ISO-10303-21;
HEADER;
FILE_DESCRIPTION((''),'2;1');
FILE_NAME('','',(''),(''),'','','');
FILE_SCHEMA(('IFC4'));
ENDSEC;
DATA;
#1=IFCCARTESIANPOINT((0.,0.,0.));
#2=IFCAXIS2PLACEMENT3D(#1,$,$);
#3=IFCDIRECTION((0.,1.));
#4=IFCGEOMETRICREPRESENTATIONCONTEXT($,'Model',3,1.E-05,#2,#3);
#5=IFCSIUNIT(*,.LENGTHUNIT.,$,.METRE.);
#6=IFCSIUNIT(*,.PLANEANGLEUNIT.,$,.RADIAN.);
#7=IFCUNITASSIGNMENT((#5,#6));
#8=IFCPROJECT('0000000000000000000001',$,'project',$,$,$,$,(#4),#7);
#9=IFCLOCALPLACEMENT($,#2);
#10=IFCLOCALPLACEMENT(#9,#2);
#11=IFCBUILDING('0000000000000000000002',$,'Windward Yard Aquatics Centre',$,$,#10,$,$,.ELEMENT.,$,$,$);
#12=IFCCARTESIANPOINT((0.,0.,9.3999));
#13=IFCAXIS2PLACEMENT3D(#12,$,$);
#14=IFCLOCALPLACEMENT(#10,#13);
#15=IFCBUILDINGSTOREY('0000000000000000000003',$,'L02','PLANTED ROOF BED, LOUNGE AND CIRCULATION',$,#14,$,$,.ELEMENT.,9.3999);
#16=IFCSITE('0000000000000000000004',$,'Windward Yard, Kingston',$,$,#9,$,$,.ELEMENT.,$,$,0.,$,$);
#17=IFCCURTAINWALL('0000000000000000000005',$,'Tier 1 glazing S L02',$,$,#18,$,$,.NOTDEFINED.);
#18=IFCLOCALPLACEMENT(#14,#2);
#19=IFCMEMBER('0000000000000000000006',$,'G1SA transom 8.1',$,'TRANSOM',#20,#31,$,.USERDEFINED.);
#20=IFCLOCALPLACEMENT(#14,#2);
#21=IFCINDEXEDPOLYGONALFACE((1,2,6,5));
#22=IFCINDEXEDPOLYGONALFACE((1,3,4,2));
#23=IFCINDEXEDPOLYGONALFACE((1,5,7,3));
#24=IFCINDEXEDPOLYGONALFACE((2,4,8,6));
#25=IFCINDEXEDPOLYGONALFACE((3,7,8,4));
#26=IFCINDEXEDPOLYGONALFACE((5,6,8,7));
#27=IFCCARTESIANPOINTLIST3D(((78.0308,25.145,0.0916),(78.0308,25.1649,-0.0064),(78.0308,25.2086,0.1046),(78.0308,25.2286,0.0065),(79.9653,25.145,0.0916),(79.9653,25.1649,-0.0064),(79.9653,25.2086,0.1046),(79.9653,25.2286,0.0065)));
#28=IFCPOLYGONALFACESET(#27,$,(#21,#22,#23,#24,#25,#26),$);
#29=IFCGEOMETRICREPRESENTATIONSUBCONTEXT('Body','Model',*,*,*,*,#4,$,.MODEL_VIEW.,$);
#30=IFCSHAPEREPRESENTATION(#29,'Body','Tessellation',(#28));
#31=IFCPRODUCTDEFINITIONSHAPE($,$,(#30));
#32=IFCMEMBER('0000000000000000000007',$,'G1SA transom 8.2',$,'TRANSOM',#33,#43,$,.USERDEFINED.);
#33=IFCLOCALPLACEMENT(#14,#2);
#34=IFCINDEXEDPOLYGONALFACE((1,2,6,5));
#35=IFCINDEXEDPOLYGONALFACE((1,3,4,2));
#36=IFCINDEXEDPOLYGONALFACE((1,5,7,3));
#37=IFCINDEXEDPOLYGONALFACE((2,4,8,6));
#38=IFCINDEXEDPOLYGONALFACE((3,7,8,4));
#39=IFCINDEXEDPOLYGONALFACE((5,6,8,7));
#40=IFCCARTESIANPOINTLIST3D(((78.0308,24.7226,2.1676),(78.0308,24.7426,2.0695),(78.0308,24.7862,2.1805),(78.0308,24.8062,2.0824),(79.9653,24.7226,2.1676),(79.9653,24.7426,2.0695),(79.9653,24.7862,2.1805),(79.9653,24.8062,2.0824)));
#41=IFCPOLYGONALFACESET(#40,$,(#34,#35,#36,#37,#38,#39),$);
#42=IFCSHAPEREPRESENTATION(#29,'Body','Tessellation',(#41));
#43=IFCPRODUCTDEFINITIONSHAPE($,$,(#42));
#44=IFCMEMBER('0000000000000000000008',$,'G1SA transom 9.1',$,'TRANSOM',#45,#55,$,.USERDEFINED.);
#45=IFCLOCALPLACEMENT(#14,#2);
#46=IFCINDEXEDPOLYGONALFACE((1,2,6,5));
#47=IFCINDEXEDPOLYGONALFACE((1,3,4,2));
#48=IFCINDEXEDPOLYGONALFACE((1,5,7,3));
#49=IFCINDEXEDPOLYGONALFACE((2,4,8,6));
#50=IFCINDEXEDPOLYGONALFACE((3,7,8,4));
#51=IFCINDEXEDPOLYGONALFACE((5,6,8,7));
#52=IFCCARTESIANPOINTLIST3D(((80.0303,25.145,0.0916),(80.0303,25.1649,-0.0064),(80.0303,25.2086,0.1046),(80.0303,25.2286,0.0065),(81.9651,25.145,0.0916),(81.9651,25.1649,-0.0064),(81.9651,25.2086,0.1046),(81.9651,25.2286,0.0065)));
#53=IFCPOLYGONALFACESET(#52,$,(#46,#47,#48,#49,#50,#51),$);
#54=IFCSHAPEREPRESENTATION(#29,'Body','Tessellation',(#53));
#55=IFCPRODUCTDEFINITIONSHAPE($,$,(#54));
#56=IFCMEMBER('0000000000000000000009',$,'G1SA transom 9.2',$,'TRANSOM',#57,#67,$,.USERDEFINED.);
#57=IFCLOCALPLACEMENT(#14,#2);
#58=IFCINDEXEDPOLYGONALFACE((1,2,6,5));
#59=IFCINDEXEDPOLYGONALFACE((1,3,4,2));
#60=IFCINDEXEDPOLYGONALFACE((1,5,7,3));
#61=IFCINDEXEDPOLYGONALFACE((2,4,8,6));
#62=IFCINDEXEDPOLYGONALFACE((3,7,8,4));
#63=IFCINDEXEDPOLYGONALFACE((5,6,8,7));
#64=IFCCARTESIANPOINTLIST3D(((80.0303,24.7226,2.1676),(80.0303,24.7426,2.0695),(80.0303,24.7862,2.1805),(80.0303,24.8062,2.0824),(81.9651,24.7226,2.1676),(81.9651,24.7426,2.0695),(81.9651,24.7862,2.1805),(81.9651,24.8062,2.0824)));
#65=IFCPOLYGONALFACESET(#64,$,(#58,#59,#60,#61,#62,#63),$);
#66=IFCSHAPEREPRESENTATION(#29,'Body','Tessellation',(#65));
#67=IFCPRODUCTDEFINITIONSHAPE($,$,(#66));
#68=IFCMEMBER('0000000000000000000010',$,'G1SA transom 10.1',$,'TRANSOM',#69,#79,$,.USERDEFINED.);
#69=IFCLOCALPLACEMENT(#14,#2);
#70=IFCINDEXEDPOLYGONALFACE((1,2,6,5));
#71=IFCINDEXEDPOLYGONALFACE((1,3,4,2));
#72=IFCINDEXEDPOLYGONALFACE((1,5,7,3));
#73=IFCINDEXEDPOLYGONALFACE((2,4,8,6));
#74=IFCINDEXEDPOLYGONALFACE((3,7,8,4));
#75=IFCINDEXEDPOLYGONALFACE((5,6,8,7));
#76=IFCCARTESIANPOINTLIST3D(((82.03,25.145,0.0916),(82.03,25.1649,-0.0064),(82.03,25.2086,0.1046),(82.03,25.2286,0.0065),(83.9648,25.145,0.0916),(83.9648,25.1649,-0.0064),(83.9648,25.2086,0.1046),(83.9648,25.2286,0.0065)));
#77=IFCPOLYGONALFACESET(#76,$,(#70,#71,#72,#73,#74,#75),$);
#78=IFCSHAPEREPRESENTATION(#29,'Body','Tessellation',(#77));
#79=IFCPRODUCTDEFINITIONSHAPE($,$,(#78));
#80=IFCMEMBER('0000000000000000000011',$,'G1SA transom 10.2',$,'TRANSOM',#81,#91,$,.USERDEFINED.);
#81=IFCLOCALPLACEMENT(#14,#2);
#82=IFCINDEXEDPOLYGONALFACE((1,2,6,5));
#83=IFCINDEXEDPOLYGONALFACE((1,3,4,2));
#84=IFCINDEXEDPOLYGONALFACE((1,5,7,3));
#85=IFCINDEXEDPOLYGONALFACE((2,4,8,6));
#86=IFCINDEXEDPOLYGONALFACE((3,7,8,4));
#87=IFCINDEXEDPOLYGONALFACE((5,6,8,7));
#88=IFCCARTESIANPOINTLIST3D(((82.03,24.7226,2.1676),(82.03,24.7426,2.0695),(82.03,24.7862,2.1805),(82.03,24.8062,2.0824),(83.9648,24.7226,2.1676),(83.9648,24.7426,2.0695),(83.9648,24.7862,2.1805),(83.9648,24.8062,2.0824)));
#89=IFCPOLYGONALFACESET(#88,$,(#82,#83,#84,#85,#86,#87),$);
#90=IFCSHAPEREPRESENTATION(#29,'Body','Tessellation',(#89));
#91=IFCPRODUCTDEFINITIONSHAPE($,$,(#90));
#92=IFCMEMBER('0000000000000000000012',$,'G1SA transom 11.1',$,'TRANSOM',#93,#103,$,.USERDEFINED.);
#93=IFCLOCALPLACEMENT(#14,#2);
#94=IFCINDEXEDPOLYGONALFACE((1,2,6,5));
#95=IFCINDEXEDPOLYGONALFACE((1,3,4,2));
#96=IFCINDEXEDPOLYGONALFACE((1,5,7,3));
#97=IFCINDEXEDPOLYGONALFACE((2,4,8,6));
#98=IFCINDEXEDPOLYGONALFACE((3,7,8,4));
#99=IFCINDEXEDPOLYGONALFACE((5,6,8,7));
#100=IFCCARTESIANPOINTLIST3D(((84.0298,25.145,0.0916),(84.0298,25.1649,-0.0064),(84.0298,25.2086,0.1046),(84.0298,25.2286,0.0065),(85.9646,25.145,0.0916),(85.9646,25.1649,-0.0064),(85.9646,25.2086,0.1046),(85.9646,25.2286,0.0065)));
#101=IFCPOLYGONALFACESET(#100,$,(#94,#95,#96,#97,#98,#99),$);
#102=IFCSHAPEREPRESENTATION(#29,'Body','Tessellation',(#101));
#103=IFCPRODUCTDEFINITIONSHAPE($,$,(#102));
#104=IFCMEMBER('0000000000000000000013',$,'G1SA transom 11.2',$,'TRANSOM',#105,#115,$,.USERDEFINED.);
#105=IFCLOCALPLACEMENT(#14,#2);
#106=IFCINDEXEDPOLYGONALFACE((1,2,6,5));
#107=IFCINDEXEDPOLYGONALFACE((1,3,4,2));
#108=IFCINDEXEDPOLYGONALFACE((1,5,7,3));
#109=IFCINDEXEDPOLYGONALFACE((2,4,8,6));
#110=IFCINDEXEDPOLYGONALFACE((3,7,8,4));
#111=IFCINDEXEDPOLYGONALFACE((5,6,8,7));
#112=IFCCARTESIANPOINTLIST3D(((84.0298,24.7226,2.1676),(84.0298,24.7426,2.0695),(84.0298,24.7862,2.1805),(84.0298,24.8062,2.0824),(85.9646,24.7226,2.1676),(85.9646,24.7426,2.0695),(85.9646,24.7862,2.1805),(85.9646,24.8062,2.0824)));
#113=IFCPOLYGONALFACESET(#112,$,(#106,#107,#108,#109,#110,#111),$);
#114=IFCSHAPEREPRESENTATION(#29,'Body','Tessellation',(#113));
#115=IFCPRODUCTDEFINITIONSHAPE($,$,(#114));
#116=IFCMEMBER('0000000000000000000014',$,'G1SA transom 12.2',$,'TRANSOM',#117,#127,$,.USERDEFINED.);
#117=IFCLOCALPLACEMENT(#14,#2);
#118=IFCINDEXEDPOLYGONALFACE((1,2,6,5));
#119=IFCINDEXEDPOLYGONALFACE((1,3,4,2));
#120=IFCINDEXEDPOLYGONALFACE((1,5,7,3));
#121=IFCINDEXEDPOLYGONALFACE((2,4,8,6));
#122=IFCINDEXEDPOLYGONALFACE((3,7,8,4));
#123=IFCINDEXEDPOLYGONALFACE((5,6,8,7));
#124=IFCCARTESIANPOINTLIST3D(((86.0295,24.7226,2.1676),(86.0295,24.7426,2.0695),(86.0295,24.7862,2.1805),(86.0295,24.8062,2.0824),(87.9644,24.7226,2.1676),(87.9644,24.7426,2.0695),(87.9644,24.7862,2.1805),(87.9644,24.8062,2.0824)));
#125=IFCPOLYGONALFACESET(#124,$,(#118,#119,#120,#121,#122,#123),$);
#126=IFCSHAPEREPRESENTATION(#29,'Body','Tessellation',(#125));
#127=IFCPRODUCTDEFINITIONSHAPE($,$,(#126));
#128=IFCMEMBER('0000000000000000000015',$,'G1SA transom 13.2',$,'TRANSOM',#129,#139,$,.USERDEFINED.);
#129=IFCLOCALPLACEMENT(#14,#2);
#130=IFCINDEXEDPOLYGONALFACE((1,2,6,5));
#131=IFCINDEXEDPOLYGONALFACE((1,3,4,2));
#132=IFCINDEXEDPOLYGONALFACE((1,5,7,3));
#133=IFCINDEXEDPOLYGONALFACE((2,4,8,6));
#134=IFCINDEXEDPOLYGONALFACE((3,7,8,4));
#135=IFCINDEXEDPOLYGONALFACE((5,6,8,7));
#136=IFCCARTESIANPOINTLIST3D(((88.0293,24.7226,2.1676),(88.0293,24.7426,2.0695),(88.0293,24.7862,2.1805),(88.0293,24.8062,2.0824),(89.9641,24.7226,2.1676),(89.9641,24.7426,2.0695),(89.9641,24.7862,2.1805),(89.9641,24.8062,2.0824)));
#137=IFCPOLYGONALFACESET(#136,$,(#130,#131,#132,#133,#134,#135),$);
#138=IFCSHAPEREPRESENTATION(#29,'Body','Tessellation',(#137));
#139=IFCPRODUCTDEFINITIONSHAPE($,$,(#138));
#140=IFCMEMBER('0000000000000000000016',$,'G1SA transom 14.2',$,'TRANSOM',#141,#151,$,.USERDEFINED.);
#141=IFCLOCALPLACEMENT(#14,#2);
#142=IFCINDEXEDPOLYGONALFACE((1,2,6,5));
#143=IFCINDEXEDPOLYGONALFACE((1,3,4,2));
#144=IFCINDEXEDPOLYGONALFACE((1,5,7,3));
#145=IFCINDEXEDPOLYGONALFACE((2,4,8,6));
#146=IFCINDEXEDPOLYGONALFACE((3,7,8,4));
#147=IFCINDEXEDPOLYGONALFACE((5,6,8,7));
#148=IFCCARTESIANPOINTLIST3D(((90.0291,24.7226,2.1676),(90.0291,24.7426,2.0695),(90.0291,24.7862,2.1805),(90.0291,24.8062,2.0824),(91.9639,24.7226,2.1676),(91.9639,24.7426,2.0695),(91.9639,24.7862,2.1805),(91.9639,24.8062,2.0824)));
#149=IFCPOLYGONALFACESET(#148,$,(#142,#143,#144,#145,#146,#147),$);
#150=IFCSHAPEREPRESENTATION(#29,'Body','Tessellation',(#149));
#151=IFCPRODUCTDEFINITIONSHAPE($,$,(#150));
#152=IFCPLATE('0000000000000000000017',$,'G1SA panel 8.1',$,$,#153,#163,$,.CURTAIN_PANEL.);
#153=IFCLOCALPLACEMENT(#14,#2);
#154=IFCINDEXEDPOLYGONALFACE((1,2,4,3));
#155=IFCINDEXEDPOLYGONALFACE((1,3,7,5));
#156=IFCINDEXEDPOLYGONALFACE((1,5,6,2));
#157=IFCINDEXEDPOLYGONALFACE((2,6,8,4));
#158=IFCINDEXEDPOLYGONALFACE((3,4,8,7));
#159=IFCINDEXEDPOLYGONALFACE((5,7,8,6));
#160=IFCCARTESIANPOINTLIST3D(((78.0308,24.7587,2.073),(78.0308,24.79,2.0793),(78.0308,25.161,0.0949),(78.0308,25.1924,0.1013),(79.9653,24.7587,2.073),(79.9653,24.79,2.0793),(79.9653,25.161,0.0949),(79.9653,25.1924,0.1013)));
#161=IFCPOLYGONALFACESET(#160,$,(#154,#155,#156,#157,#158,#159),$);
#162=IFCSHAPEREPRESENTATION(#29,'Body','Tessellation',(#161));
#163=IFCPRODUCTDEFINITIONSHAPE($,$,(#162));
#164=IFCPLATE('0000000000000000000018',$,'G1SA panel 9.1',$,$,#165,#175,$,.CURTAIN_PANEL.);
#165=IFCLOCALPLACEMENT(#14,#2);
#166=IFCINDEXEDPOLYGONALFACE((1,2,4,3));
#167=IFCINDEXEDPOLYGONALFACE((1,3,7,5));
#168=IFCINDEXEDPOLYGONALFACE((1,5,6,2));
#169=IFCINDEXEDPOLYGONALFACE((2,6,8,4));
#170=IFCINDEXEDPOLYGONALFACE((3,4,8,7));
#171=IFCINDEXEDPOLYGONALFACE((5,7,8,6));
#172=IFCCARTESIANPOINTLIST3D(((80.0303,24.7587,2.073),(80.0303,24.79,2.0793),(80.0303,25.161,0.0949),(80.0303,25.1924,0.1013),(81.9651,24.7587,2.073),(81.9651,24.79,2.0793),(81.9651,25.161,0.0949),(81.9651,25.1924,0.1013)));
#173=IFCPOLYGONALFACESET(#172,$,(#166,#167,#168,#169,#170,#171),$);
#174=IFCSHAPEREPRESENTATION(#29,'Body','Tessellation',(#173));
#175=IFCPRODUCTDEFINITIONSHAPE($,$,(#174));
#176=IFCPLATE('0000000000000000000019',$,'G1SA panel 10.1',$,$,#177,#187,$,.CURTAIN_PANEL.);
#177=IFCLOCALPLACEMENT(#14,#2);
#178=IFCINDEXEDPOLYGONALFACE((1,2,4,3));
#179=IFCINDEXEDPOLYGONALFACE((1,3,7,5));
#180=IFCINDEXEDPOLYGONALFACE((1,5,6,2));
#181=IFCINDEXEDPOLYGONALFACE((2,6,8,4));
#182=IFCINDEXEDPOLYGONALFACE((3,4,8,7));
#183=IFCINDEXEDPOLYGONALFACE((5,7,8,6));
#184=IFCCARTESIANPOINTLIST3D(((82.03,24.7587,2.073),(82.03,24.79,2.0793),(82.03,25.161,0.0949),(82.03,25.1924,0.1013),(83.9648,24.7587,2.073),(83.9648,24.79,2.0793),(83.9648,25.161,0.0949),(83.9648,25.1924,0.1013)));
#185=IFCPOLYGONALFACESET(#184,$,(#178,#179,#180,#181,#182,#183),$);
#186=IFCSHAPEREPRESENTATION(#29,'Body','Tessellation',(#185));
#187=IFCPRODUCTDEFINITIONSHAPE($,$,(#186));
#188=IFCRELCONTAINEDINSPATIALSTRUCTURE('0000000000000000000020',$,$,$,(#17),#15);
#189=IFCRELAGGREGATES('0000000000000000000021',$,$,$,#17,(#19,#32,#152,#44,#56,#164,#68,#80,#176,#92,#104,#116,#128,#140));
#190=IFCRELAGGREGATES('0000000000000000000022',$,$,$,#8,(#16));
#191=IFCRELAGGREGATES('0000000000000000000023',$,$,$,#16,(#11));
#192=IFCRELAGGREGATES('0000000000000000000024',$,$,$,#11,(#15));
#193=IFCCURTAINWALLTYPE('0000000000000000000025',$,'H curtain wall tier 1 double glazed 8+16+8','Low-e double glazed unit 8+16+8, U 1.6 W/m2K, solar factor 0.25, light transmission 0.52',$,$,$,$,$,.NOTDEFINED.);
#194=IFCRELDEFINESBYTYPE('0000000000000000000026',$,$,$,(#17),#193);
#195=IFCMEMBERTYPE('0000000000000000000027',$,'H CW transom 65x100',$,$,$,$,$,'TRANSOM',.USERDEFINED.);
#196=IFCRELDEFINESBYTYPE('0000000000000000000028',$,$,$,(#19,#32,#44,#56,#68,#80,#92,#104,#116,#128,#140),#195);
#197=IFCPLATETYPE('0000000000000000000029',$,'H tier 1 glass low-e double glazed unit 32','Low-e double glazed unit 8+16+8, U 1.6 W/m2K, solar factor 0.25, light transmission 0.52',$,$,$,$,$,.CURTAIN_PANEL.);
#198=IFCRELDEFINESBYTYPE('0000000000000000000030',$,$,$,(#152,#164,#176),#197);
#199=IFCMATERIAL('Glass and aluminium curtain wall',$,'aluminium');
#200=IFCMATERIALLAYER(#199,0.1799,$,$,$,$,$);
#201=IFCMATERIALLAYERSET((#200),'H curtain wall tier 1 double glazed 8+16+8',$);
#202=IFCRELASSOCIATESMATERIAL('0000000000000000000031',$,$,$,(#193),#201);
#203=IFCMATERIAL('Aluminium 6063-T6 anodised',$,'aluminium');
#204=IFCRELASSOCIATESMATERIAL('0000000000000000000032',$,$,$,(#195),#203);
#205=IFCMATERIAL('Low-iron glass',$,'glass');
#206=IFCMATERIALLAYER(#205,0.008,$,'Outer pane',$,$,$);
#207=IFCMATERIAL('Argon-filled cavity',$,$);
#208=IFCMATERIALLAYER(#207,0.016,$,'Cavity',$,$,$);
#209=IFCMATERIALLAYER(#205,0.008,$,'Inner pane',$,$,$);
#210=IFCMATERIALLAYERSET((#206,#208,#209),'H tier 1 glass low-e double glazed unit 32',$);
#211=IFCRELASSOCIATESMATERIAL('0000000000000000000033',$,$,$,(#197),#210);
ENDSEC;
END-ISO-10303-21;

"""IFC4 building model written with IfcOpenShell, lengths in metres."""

from ifc_helpers import new_model, si_unit, direction, frame, origin, origin_2d, place, context, subcontext, project, spatial, polyline, rectangle, outline, extrude, material, layer, layer_set, material_profile, profile_set, type_object, element, aggregate, save


model = new_model("IFC4")

# Units and contexts
model_context = context("Model", 3, precision=1e-05, world=origin(), true_north=direction((0.0, 1.0)))
body_context = subcontext(model_context, "Body", "Model", "MODEL_VIEW")
ifc_project = project(units=[si_unit("LENGTHUNIT", "METRE"), si_unit("PLANEANGLEUNIT", "RADIAN")], contexts=[model_context])

# Site, building, storey
site_placement = place(None, origin())
site = spatial("IfcSite", under=ifc_project, at=site_placement, Name="Windward Yard, Kingston", CompositionType="ELEMENT", RefElevation=0.0)
building_placement = place(site_placement, origin())
building = spatial("IfcBuilding", under=site, at=building_placement, Name="Windward Yard Aquatics Centre", CompositionType="ELEMENT")
storey_placement = place(building_placement, frame((0.0, 0.0, 9.3999)))
storey = spatial("IfcBuildingStorey", under=building, at=storey_placement, Name="L02", Description="PLANTED ROOF BED, LOUNGE AND CIRCULATION", CompositionType="ELEMENT", Elevation=9.3999)

# Curtain wall, members, plates
ifc_material_1 = material(Name="Glass and aluminium curtain wall", Category="aluminium")
ifc_layer_1 = layer(ifc_material_1, 0.1799)
ifc_layer_set_1 = layer_set([ifc_layer_1], Name="H curtain wall tier 1 double glazed 8+16+8")
curtain_wall_type = type_object("IfcCurtainWallType", Name="H curtain wall tier 1 double glazed 8+16+8", Description="Low-e double glazed unit 8+16+8, U 1.6 W/m2K, solar factor 0.25, light transmission 0.52", PredefinedType="NOTDEFINED", material=ifc_layer_set_1)
curtain_wall_placement = place(storey_placement, origin())
curtain_wall = element("IfcCurtainWall", 1, at=curtain_wall_placement, inside=storey, type_object=curtain_wall_type, Name="Tier 1 glazing S L02", PredefinedType="NOTDEFINED")
ifc_material_2 = material(Name="Aluminium 6063-T6 anodised", Category="aluminium")
ifc_material_profile = material_profile(ifc_material_2, rectangle(XDim=0.0649, YDim=0.1001, at=origin_2d()), Name="H CW transom 65x100")
ifc_profile_set = profile_set([ifc_material_profile], Name="Aluminium 6063-T6 anodised")
member_type = type_object("IfcMemberType", Name="H CW transom 65x100", ElementType="TRANSOM", PredefinedType="USERDEFINED", material=ifc_profile_set)
member_1_placement = place(storey_placement, frame((78.0308, 25.1868, 0.0491), z_axis=(1.0, 0.0, 0.0), x_axis=(0.0, 0.979925, 0.199368)))
member_1 = element("IfcMember", 2, at=member_1_placement, type_object=member_type, Name="G1SA transom 8.1", ObjectType="TRANSOM", PredefinedType="USERDEFINED", context=body_context, shape_type="SweptSolid", body=[
    extrude(rectangle(XDim=0.0649, YDim=0.1001, at=origin_2d()), origin(), (0.0, 0.0, 1.0), 1.9346),
])
member_2_placement = place(storey_placement, frame((78.0308, 24.7644, 2.125), z_axis=(1.0, 0.0, 0.0), x_axis=(0.0, 0.979925, 0.199368)))
member_2 = element("IfcMember", 3, at=member_2_placement, type_object=member_type, Name="G1SA transom 8.2", ObjectType="TRANSOM", PredefinedType="USERDEFINED", context=body_context, shape_type="SweptSolid", body=[
    extrude(rectangle(XDim=0.0649, YDim=0.1001, at=origin_2d()), origin(), (0.0, 0.0, 1.0), 1.9346),
])
member_3_placement = place(storey_placement, frame((80.0303, 25.1868, 0.0491), z_axis=(1.0, 0.0, 0.0), x_axis=(0.0, 0.979925, 0.199368)))
member_3 = element("IfcMember", 4, at=member_3_placement, type_object=member_type, Name="G1SA transom 9.1", ObjectType="TRANSOM", PredefinedType="USERDEFINED", context=body_context, shape_type="SweptSolid", body=[
    extrude(rectangle(XDim=0.0649, YDim=0.1001, at=origin_2d()), origin(), (0.0, 0.0, 1.0), 1.9348),
])
member_4_placement = place(storey_placement, frame((80.0303, 24.7644, 2.125), z_axis=(1.0, 0.0, 0.0), x_axis=(0.0, 0.979925, 0.199368)))
member_4 = element("IfcMember", 5, at=member_4_placement, type_object=member_type, Name="G1SA transom 9.2", ObjectType="TRANSOM", PredefinedType="USERDEFINED", context=body_context, shape_type="SweptSolid", body=[
    extrude(rectangle(XDim=0.0649, YDim=0.1001, at=origin_2d()), origin(), (0.0, 0.0, 1.0), 1.9348),
])
member_5_placement = place(storey_placement, frame((82.03, 25.1868, 0.0491), z_axis=(1.0, 0.0, 0.0), x_axis=(0.0, 0.979925, 0.199368)))
member_5 = element("IfcMember", 6, at=member_5_placement, type_object=member_type, Name="G1SA transom 10.1", ObjectType="TRANSOM", PredefinedType="USERDEFINED", context=body_context, shape_type="SweptSolid", body=[
    extrude(rectangle(XDim=0.0649, YDim=0.1001, at=origin_2d()), origin(), (0.0, 0.0, 1.0), 1.9348),
])
member_6_placement = place(storey_placement, frame((82.03, 24.7644, 2.125), z_axis=(1.0, 0.0, 0.0), x_axis=(0.0, 0.979925, 0.199368)))
member_6 = element("IfcMember", 7, at=member_6_placement, type_object=member_type, Name="G1SA transom 10.2", ObjectType="TRANSOM", PredefinedType="USERDEFINED", context=body_context, shape_type="SweptSolid", body=[
    extrude(rectangle(XDim=0.0649, YDim=0.1001, at=origin_2d()), origin(), (0.0, 0.0, 1.0), 1.9348),
])
member_7_placement = place(storey_placement, frame((84.0298, 25.1868, 0.0491), z_axis=(1.0, 0.0, 0.0), x_axis=(0.0, 0.979925, 0.199368)))
member_7 = element("IfcMember", 8, at=member_7_placement, type_object=member_type, Name="G1SA transom 11.1", ObjectType="TRANSOM", PredefinedType="USERDEFINED", context=body_context, shape_type="SweptSolid", body=[
    extrude(rectangle(XDim=0.0649, YDim=0.1001, at=origin_2d()), origin(), (0.0, 0.0, 1.0), 1.9348),
])
member_8_placement = place(storey_placement, frame((84.0298, 24.7644, 2.125), z_axis=(1.0, 0.0, 0.0), x_axis=(0.0, 0.979925, 0.199368)))
member_8 = element("IfcMember", 9, at=member_8_placement, type_object=member_type, Name="G1SA transom 11.2", ObjectType="TRANSOM", PredefinedType="USERDEFINED", context=body_context, shape_type="SweptSolid", body=[
    extrude(rectangle(XDim=0.0649, YDim=0.1001, at=origin_2d()), origin(), (0.0, 0.0, 1.0), 1.9348),
])
member_9_placement = place(storey_placement, frame((86.0295, 24.7644, 2.125), z_axis=(1.0, 0.0, 0.0), x_axis=(0.0, 0.979925, 0.199368)))
member_9 = element("IfcMember", 10, at=member_9_placement, type_object=member_type, Name="G1SA transom 12.2", ObjectType="TRANSOM", PredefinedType="USERDEFINED", context=body_context, shape_type="SweptSolid", body=[
    extrude(rectangle(XDim=0.0649, YDim=0.1001, at=origin_2d()), origin(), (0.0, 0.0, 1.0), 1.9348),
])
member_10_placement = place(storey_placement, frame((88.0293, 24.7644, 2.125), z_axis=(1.0, 0.0, 0.0), x_axis=(0.0, 0.979925, 0.199368)))
member_10 = element("IfcMember", 11, at=member_10_placement, type_object=member_type, Name="G1SA transom 13.2", ObjectType="TRANSOM", PredefinedType="USERDEFINED", context=body_context, shape_type="SweptSolid", body=[
    extrude(rectangle(XDim=0.0649, YDim=0.1001, at=origin_2d()), origin(), (0.0, 0.0, 1.0), 1.9348),
])
member_11_placement = place(storey_placement, frame((90.0291, 24.7644, 2.125), z_axis=(1.0, 0.0, 0.0), x_axis=(0.0, 0.979925, 0.199368)))
member_11 = element("IfcMember", 12, at=member_11_placement, type_object=member_type, Name="G1SA transom 14.2", ObjectType="TRANSOM", PredefinedType="USERDEFINED", context=body_context, shape_type="SweptSolid", body=[
    extrude(rectangle(XDim=0.0649, YDim=0.1001, at=origin_2d()), origin(), (0.0, 0.0, 1.0), 1.9348),
])
ifc_material_3 = material(Name="Low-iron glass", Category="glass")
ifc_layer_2 = layer(ifc_material_3, 0.008, Name="Outer pane")
ifc_material_4 = material(Name="Argon-filled cavity")
ifc_layer_3 = layer(ifc_material_4, 0.016, Name="Cavity")
ifc_layer_4 = layer(ifc_material_3, 0.008, Name="Inner pane")
ifc_layer_set_2 = layer_set([ifc_layer_2, ifc_layer_3, ifc_layer_4], Name="H tier 1 glass low-e double glazed unit 32")
plate_type = type_object("IfcPlateType", Name="H tier 1 glass low-e double glazed unit 32", Description="Low-e double glazed unit 8+16+8, U 1.6 W/m2K, solar factor 0.25, light transmission 0.52", PredefinedType="CURTAIN_PANEL", material=ifc_layer_set_2)
plate_1_placement = place(storey_placement, frame((78.0308, 24.79, 2.0793), z_axis=(0.0, 0.979933, 0.199325), x_axis=(0.0, 0.199325, -0.979933)))
plate_1 = element("IfcPlate", 13, at=plate_1_placement, type_object=plate_type, Name="G1SA panel 8.1", PredefinedType="CURTAIN_PANEL", context=body_context, shape_type="SweptSolid", body=[
    extrude(outline(polyline([(0.0, 0.0), (2.0185, 0.0), (2.0185, -1.9346), (0.0, -1.9346), (0.0, 0.0)])), origin(), (0.0, 0.0, -1.0), 0.032),
])
plate_2_placement = place(storey_placement, frame((80.0303, 24.79, 2.0793), z_axis=(0.0, 0.979933, 0.199325), x_axis=(0.0, 0.199325, -0.979933)))
plate_2 = element("IfcPlate", 14, at=plate_2_placement, type_object=plate_type, Name="G1SA panel 9.1", PredefinedType="CURTAIN_PANEL", context=body_context, shape_type="SweptSolid", body=[
    extrude(outline(polyline([(0.0, 0.0), (2.0185, 0.0), (2.0185, -1.9348), (0.0, -1.9348), (0.0, 0.0)])), origin(), (0.0, 0.0, -1.0), 0.032),
])
plate_3_placement = place(storey_placement, frame((82.03, 24.79, 2.0793), z_axis=(0.0, 0.979933, 0.199325), x_axis=(0.0, 0.199325, -0.979933)))
plate_3 = element("IfcPlate", 15, at=plate_3_placement, type_object=plate_type, Name="G1SA panel 10.1", PredefinedType="CURTAIN_PANEL", context=body_context, shape_type="SweptSolid", body=[
    extrude(outline(polyline([(0.0, 0.0), (2.0185, 0.0), (2.0185, -1.9348), (0.0, -1.9348), (0.0, 0.0)])), origin(), (0.0, 0.0, -1.0), 0.032),
])
aggregate(curtain_wall, [member_1, member_2, plate_1, member_3, member_4, plate_2, member_5, member_6, plate_3, member_7, member_8, member_9, member_10, member_11])

save(model, "model.ifc")
